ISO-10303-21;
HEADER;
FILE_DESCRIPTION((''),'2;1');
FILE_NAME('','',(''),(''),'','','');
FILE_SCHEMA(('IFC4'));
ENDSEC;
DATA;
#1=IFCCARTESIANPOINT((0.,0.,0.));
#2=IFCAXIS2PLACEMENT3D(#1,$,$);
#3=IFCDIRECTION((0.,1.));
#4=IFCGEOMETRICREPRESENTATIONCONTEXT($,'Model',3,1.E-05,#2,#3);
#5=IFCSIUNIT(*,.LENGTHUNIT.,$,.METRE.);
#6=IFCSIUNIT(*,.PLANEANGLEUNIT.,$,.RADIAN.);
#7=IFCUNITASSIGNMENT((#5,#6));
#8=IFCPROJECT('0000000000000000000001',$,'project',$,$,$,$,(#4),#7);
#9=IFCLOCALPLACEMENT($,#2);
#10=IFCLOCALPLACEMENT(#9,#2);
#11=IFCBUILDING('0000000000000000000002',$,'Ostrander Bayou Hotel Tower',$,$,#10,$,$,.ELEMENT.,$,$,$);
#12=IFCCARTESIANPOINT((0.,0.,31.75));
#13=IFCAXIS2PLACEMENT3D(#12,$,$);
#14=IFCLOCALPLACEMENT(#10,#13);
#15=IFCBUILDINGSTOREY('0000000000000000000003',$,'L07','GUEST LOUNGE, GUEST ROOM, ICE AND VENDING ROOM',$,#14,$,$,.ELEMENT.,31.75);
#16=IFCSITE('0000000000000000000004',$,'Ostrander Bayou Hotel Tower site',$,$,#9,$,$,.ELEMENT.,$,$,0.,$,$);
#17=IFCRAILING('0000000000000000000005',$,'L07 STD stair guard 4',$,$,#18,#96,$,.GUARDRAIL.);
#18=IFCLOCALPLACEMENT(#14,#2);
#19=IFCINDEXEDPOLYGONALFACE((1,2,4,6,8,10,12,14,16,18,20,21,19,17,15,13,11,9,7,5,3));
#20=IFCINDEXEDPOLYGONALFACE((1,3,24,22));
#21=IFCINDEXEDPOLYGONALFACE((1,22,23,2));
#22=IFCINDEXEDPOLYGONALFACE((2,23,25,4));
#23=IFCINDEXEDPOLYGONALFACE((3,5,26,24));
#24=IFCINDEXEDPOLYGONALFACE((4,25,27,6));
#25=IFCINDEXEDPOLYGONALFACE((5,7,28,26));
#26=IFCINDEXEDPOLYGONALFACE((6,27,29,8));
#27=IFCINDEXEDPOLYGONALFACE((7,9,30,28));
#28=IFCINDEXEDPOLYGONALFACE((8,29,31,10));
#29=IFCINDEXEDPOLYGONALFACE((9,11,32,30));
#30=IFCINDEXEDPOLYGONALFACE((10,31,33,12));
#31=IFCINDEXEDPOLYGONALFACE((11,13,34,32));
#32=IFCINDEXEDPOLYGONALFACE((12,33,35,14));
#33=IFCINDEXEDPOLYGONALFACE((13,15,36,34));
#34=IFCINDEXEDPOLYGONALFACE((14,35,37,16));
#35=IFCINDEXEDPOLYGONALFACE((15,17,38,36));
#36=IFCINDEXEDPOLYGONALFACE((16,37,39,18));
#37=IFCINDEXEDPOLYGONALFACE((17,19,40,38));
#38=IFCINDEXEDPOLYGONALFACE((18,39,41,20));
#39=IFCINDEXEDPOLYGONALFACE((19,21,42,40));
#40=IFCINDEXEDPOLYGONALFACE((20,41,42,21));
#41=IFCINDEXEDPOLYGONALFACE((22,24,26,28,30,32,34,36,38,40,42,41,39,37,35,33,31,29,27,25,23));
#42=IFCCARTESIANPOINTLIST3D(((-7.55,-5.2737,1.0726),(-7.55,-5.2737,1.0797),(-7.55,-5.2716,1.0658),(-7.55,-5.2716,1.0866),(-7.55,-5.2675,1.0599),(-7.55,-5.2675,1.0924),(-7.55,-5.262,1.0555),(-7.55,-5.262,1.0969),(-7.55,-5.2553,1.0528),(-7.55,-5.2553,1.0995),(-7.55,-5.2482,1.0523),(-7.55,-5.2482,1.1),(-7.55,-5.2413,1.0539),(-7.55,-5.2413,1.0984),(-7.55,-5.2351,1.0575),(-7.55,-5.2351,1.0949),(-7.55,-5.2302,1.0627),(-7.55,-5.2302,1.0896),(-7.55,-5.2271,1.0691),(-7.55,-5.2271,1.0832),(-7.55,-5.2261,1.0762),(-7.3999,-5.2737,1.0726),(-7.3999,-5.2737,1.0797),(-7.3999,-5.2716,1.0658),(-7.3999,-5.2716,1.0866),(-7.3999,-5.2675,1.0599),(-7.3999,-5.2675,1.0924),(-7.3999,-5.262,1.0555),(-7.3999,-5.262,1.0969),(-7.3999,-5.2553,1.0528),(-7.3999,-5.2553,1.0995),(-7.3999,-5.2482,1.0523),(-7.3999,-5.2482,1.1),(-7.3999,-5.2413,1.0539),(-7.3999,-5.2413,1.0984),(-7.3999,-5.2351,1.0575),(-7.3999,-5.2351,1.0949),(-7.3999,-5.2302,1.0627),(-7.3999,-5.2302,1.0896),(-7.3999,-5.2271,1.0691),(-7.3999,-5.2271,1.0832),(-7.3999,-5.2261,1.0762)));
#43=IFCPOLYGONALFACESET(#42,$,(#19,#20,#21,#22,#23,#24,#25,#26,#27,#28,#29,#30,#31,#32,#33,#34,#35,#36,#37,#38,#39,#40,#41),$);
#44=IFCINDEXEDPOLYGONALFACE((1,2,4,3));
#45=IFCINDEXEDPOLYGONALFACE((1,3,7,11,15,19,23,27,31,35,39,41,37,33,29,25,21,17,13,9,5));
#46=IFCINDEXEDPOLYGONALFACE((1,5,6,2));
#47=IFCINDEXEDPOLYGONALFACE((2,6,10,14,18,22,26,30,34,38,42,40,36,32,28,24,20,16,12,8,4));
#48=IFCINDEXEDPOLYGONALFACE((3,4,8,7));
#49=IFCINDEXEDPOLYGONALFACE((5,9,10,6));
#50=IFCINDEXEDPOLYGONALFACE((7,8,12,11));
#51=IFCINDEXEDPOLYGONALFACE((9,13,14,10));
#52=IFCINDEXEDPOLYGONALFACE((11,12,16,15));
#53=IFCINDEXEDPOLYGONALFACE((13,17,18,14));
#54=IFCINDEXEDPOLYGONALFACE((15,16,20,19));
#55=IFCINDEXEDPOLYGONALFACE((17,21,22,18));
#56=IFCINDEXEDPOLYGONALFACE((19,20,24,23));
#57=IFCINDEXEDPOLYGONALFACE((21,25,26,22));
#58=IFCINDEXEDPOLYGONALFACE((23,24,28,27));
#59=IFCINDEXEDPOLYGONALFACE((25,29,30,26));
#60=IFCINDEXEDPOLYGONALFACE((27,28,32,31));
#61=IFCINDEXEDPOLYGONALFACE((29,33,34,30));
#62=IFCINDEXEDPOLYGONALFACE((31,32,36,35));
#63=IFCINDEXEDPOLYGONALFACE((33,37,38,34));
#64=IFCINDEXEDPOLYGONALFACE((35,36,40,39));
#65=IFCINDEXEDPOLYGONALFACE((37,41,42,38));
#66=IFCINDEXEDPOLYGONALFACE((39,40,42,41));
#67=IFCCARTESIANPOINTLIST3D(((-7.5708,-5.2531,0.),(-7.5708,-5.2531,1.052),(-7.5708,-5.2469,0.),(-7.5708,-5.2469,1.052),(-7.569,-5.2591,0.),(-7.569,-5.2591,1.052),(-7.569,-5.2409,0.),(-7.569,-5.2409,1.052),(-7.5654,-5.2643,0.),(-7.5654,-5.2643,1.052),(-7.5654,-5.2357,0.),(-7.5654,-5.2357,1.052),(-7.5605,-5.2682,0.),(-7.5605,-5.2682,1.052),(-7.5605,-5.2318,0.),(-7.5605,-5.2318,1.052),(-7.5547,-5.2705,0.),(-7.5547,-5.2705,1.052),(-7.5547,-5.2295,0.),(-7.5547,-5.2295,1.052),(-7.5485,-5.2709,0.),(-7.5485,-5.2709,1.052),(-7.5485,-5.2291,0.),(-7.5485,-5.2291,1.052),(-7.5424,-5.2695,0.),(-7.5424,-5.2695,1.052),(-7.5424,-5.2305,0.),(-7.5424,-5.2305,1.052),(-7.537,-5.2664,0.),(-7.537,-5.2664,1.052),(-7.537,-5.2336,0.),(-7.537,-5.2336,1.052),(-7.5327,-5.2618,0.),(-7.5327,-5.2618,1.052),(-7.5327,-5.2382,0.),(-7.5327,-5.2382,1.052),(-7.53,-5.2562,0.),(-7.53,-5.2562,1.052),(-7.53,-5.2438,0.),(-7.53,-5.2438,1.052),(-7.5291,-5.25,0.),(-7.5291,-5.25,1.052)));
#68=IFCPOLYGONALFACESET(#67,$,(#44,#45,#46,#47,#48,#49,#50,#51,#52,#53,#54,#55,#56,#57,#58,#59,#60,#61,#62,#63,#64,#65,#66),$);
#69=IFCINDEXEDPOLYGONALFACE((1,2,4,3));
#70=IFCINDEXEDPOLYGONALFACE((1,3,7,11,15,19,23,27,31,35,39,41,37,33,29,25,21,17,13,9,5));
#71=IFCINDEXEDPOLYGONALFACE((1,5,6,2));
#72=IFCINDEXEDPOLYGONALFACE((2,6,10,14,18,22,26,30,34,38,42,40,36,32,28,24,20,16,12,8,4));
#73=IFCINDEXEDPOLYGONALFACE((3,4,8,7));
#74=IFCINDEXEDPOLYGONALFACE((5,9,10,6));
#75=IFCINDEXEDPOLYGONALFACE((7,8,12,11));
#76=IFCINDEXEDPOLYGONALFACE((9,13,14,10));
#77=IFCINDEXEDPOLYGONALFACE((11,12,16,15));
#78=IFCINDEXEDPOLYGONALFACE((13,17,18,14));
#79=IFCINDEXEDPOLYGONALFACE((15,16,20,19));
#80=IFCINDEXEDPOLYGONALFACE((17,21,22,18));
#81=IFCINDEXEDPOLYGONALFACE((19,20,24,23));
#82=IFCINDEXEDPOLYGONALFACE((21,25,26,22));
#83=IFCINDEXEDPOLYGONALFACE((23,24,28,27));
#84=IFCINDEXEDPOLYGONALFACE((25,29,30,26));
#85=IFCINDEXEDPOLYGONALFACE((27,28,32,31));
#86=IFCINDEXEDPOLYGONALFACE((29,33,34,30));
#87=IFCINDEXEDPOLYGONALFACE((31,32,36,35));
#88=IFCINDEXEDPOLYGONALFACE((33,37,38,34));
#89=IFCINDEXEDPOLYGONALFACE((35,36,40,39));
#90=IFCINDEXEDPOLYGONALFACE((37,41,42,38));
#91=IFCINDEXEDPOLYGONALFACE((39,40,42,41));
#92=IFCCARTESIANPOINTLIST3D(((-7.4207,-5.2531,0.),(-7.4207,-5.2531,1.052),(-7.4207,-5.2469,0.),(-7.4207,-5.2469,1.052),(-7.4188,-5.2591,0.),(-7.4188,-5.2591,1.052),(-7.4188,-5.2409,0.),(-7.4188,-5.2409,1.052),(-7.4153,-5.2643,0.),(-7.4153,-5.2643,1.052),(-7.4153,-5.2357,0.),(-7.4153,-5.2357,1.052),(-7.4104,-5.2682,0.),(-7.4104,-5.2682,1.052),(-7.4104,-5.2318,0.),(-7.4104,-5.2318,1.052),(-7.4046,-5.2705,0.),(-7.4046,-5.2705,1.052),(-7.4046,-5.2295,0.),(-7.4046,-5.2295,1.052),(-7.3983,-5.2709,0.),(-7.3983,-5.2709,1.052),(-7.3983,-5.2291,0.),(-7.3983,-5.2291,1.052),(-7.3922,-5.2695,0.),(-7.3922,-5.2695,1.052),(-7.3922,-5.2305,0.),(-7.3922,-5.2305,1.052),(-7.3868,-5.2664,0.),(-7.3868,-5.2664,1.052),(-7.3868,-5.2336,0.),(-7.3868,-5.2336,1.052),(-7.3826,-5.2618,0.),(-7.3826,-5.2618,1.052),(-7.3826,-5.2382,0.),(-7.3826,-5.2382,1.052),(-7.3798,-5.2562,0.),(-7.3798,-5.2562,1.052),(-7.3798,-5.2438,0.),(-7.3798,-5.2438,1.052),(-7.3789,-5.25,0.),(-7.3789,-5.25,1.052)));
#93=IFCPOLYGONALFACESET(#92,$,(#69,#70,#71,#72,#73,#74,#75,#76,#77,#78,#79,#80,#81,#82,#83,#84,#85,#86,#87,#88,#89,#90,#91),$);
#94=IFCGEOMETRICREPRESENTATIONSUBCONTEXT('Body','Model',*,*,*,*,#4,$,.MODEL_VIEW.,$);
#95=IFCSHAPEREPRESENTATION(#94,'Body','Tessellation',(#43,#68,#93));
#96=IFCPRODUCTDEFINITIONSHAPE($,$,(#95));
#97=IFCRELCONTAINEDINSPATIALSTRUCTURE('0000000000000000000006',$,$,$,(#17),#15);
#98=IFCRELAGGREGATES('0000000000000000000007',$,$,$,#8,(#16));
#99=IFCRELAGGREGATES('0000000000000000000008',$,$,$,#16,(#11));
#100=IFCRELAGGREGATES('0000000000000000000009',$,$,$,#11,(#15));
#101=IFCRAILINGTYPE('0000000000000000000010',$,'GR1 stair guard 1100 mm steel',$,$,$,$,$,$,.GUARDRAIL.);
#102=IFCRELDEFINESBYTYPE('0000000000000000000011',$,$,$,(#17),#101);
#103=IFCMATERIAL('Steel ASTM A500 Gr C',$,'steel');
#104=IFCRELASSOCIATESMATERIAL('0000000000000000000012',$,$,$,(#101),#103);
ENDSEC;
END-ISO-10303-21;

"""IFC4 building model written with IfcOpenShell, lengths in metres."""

from ifc_helpers import new_model, si_unit, direction, frame, origin, origin_2d, place, context, subcontext, project, spatial, circle, extrude, material, type_object, element, save


model = new_model("IFC4")

# Units and contexts
model_context = context("Model", 3, precision=1e-05, world=origin(), true_north=direction((0.0, 1.0)))
body_context = subcontext(model_context, "Body", "Model", "MODEL_VIEW")
ifc_project = project(units=[si_unit("LENGTHUNIT", "METRE"), si_unit("PLANEANGLEUNIT", "RADIAN")], contexts=[model_context])

# Site, building, storey
site_placement = place(None, origin())
site = spatial("IfcSite", under=ifc_project, at=site_placement, Name="Ostrander Bayou Hotel Tower site", CompositionType="ELEMENT", RefElevation=0.0)
building_placement = place(site_placement, origin())
building = spatial("IfcBuilding", under=site, at=building_placement, Name="Ostrander Bayou Hotel Tower", CompositionType="ELEMENT")
storey_placement = place(building_placement, frame((0.0, 0.0, 31.75)))
storey = spatial("IfcBuildingStorey", under=building, at=storey_placement, Name="L07", Description="GUEST LOUNGE, GUEST ROOM, ICE AND VENDING ROOM", CompositionType="ELEMENT", Elevation=31.75)

# Railing
ifc_material_1 = material(Name="Steel ASTM A500 Gr C", Category="steel")
railing_type_1 = type_object("IfcRailingType", Name="GR1 stair guard 1100 mm steel", PredefinedType="GUARDRAIL", material=ifc_material_1)
railing_1_placement = place(storey_placement, frame((-7.55, -5.25, 0.0)))
element("IfcRailing", 1, at=railing_1_placement, inside=storey, type_object=railing_type_1, Name="L07 STD stair guard 4", PredefinedType="GUARDRAIL", context=body_context, shape_type="SweptSolid", body=[
    extrude(circle(Radius=0.0239, at=origin_2d()), frame((0.0, 0.0, 1.0762), z_axis=(1.0, 0.0, 0.0), x_axis=(0.0, 1.0, 0.0)), (0.0, 0.0, 1.0), 0.1501),
    extrude(circle(Radius=0.021, at=origin_2d()), origin(), (0.0, 0.0, 1.0), 1.052),
    extrude(circle(Radius=0.021, at=origin_2d()), frame((0.1501, 0.0, 0.0)), (0.0, 0.0, 1.0), 1.052),
])

save(model, "model.ifc")
